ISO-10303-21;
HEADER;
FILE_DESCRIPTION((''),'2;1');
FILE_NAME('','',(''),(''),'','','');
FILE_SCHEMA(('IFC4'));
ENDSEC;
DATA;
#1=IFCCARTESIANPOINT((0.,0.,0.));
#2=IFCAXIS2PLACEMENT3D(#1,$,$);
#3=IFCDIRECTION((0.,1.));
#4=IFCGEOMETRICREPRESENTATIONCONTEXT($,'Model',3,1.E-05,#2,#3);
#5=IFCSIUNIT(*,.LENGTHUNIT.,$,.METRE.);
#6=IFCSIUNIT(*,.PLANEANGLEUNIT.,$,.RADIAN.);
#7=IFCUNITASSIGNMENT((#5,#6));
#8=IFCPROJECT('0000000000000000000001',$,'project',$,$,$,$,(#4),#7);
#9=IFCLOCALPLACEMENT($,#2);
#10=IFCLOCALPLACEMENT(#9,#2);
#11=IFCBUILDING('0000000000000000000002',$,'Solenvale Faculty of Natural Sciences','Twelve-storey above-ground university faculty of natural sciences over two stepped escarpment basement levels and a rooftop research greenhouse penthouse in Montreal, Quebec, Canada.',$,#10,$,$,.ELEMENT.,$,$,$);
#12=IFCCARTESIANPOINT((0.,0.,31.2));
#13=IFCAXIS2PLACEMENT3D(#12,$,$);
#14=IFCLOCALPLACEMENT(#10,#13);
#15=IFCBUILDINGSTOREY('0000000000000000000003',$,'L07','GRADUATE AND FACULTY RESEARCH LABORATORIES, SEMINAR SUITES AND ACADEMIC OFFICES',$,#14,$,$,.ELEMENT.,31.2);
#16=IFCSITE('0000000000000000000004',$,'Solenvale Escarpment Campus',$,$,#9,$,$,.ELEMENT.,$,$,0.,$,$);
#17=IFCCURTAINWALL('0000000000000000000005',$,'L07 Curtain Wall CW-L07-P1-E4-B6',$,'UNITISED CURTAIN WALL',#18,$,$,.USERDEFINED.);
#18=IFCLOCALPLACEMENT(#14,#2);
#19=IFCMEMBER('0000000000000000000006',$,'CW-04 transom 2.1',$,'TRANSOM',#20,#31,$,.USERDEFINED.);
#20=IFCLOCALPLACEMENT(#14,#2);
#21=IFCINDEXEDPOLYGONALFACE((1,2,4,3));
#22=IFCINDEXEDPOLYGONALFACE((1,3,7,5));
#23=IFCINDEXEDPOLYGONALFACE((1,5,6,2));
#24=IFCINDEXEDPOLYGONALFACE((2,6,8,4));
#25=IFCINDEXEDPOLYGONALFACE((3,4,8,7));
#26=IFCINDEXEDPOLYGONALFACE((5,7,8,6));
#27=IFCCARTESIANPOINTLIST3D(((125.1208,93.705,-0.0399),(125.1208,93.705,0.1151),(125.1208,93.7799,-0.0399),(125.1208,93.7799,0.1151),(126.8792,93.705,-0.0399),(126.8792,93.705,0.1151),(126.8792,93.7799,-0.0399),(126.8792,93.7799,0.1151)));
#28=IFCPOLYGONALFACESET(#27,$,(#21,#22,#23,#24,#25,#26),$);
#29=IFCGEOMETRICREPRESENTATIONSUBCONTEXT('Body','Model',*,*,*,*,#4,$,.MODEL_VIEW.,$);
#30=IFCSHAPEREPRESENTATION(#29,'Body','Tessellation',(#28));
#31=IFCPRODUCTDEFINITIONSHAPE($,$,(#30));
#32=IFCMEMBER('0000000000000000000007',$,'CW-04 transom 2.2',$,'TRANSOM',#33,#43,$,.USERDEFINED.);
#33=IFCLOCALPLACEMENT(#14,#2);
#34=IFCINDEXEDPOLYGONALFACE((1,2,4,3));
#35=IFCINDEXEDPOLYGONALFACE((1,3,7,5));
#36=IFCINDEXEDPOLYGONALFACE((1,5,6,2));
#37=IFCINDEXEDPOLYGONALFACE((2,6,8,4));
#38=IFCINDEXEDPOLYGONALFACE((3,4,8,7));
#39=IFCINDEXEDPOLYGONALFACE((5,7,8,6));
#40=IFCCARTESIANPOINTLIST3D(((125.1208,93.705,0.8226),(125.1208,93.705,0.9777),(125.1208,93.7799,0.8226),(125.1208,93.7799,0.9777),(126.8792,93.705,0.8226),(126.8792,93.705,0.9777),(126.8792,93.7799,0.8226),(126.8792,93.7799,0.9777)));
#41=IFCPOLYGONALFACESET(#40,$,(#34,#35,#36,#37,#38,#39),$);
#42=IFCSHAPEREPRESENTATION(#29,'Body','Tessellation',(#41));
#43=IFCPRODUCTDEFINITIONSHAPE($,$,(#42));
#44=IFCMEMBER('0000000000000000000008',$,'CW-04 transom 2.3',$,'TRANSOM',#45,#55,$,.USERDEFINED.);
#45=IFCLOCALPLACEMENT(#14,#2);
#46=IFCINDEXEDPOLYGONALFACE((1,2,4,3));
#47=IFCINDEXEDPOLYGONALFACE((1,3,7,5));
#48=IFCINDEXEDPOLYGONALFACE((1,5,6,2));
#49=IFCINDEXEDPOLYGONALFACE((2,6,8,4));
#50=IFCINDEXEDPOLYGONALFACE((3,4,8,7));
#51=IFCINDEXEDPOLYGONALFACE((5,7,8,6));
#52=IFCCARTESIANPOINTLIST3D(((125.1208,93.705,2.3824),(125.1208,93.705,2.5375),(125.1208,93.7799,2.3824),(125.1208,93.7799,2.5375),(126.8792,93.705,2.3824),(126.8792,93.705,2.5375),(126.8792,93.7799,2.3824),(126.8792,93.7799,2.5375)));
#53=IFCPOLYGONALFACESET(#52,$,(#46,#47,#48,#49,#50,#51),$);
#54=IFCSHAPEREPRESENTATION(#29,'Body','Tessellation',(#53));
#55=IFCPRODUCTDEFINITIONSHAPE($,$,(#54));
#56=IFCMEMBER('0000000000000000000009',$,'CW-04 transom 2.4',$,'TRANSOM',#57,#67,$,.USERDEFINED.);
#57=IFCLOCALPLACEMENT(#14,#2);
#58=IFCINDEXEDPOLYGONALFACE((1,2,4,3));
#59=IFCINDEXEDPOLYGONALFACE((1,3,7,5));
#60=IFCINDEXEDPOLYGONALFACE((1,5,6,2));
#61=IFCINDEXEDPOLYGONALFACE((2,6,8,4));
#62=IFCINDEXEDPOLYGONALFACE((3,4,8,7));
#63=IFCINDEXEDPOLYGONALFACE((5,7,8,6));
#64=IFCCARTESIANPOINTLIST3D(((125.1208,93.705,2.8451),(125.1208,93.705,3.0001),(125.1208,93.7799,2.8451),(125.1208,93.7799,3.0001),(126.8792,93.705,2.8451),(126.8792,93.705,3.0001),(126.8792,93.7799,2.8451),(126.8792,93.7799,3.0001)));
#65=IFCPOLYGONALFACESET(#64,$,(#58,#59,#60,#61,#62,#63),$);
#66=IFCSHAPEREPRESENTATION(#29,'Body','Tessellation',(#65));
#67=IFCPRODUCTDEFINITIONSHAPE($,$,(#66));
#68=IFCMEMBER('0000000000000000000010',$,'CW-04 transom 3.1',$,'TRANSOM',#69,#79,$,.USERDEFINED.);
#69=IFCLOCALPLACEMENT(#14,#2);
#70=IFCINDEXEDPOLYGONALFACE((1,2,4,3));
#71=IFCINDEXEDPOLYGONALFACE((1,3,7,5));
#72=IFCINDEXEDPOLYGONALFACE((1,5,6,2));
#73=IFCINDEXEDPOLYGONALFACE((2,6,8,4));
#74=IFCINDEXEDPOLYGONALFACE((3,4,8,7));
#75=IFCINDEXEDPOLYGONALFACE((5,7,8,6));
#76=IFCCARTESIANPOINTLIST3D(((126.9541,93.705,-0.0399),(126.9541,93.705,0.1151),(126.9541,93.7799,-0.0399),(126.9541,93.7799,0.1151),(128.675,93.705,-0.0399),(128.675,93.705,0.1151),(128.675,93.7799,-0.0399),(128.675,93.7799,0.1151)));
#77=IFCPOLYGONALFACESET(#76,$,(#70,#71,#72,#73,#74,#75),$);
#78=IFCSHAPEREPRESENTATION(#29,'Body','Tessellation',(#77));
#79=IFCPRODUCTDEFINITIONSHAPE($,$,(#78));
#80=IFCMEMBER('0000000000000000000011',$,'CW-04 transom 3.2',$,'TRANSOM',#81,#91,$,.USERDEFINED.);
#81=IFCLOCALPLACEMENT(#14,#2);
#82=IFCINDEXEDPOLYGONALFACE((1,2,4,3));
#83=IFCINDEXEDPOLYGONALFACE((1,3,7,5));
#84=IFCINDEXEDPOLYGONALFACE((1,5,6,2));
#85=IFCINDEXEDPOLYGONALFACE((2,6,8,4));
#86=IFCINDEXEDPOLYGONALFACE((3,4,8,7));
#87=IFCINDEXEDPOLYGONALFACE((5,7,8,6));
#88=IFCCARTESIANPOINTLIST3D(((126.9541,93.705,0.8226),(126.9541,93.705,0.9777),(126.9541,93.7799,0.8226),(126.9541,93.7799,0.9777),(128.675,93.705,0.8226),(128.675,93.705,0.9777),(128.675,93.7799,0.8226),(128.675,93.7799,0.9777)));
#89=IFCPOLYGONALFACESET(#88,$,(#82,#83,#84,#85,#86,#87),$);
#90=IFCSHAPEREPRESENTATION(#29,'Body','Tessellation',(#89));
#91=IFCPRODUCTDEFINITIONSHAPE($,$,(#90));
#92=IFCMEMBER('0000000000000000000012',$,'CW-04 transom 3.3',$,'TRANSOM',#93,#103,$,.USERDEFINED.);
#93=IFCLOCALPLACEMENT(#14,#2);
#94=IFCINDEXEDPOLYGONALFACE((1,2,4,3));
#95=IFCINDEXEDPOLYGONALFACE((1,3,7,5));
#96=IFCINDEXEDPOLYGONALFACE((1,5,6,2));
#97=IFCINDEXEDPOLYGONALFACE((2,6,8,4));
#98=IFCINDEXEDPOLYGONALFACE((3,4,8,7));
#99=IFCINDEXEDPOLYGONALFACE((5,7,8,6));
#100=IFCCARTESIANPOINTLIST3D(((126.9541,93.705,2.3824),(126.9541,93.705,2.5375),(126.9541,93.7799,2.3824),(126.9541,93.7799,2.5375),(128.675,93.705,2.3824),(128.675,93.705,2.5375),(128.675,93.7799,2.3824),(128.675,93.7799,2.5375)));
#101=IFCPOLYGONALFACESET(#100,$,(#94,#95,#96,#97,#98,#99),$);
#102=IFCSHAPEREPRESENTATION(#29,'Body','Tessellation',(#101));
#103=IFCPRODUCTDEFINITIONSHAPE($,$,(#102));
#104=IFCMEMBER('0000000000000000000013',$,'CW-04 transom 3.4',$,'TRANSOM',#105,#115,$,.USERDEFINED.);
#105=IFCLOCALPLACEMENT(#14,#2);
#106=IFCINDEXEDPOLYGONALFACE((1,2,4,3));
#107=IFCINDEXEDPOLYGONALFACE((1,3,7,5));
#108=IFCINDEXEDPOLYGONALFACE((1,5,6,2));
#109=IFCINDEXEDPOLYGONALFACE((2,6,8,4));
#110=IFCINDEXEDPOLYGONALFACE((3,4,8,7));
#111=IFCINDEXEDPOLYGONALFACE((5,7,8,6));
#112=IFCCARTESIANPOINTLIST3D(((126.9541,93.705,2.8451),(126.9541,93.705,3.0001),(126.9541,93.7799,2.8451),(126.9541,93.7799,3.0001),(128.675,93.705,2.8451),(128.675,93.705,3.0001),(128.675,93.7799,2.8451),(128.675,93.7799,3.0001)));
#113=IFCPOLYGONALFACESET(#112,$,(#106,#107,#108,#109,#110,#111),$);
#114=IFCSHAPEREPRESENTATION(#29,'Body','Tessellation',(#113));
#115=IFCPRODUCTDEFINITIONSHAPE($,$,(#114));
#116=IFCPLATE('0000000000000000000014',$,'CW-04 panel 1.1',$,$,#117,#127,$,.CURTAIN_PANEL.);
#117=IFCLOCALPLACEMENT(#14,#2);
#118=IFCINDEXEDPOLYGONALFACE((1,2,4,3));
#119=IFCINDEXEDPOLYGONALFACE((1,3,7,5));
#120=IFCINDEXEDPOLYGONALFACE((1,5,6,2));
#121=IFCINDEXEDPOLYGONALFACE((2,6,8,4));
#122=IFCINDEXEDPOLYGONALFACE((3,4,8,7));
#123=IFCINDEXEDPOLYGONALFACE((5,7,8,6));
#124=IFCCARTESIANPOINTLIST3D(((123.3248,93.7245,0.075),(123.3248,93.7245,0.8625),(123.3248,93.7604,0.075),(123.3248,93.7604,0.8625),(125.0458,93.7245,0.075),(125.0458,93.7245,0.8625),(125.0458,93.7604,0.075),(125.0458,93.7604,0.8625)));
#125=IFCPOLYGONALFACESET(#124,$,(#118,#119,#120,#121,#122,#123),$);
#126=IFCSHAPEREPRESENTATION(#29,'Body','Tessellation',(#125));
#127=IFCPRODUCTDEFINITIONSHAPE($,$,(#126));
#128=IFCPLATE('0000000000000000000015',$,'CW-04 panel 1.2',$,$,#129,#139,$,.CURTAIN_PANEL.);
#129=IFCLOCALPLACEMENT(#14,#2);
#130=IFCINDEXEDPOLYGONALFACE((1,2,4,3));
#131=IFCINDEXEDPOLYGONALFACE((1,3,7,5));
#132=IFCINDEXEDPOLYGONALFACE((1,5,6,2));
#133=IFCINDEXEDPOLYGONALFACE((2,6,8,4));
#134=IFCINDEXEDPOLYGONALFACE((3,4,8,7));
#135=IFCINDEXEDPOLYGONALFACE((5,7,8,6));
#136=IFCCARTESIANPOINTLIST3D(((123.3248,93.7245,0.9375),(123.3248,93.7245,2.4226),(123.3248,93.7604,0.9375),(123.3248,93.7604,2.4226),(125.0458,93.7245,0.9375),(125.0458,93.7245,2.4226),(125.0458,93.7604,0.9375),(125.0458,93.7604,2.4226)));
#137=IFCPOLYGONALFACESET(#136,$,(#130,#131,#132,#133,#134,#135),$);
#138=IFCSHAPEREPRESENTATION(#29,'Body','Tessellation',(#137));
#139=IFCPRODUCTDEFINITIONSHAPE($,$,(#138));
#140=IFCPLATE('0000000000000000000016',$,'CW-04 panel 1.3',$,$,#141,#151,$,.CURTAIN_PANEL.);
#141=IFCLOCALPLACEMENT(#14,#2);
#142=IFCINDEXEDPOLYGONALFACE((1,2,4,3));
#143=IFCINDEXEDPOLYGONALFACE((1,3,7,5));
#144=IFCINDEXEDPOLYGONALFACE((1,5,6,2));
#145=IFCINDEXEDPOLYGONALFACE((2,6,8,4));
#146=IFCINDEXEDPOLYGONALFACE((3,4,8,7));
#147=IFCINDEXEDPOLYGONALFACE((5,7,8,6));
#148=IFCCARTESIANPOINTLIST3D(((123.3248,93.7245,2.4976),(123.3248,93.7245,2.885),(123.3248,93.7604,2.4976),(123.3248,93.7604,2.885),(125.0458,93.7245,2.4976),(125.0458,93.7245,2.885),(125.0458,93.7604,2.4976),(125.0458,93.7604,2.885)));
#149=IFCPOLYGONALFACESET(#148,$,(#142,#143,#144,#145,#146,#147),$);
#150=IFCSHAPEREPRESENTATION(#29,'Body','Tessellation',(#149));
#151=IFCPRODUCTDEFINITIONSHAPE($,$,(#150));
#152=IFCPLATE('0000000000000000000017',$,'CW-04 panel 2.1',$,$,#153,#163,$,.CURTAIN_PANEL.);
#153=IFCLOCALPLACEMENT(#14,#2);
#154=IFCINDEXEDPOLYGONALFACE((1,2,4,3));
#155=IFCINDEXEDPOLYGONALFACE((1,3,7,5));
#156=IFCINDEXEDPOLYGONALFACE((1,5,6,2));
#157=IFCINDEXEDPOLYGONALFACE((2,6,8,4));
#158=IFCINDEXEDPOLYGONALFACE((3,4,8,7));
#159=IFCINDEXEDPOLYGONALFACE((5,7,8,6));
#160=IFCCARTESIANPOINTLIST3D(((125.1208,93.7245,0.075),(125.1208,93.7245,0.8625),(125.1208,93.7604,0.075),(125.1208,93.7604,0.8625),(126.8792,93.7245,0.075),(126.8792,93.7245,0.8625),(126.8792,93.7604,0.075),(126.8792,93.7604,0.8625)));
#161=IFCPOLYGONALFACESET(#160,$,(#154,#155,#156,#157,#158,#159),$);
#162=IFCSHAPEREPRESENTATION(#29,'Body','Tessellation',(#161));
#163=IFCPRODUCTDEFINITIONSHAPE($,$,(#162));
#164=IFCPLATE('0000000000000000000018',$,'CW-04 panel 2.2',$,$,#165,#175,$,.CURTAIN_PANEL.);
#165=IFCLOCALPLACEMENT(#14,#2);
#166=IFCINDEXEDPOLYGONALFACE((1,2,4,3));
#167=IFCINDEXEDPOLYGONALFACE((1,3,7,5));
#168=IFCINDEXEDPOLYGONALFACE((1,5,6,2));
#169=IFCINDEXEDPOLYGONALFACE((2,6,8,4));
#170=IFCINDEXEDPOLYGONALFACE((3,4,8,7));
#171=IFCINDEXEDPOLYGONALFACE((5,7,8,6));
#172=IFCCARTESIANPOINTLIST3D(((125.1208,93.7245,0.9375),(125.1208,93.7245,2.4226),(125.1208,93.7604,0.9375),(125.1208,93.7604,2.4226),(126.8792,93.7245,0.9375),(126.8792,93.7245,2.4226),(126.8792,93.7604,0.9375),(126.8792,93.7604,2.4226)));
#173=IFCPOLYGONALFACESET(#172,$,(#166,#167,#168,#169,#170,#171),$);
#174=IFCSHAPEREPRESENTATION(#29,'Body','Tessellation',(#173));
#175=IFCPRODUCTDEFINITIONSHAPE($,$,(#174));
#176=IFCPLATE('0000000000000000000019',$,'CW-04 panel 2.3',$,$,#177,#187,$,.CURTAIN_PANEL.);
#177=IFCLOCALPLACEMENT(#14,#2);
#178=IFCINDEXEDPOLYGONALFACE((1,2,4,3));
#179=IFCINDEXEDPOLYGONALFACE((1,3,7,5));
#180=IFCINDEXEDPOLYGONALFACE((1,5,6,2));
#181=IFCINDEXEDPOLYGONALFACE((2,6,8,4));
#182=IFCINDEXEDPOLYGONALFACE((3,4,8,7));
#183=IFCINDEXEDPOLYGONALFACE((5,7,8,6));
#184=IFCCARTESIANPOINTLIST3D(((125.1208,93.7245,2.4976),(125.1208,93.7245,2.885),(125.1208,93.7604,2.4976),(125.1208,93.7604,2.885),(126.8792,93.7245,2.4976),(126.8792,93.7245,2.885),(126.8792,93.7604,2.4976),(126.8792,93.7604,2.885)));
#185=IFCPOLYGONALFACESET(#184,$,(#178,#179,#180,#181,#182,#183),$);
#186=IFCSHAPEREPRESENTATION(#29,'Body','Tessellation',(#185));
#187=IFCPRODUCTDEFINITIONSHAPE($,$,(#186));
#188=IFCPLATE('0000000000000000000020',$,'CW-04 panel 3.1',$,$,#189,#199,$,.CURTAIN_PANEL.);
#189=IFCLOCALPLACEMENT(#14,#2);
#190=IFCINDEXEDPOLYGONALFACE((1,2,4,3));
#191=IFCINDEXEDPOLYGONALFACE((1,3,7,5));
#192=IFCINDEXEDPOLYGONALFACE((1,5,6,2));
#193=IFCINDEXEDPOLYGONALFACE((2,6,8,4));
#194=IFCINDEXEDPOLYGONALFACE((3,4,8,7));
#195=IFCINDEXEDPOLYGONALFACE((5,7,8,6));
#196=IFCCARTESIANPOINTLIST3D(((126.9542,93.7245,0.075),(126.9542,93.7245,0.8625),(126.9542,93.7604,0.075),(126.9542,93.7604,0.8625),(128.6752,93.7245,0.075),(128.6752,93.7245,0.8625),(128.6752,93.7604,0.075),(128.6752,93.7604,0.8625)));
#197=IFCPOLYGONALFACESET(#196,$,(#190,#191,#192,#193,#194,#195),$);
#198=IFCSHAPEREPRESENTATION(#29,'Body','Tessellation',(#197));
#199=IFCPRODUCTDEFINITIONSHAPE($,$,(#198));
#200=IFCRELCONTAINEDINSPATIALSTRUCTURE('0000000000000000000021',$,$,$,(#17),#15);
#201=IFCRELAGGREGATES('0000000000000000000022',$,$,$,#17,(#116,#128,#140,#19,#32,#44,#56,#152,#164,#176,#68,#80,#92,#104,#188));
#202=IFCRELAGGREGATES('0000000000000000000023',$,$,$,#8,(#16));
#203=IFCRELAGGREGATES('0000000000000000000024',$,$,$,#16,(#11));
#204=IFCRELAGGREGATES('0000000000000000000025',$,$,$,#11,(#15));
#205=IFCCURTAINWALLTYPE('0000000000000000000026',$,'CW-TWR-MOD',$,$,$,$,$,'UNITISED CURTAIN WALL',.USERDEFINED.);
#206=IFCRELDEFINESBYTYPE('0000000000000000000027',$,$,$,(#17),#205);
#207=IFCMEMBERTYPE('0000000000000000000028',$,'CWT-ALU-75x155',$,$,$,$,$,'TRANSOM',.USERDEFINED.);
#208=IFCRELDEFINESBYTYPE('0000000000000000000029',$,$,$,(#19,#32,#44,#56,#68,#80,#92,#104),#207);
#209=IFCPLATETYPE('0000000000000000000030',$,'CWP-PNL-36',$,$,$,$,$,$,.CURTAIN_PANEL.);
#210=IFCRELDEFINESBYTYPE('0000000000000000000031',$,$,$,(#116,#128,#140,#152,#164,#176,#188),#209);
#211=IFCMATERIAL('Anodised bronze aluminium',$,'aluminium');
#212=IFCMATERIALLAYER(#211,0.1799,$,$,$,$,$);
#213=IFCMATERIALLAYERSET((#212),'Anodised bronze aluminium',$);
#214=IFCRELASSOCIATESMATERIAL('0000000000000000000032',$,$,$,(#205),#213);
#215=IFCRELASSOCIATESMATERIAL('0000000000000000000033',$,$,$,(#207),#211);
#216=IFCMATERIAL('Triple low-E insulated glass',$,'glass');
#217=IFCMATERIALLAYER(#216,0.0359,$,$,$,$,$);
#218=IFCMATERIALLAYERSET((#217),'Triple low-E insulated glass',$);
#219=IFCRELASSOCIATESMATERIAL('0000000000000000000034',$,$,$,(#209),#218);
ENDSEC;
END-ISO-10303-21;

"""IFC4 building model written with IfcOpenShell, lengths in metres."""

from ifc_helpers import new_model, si_unit, direction, frame, origin, origin_2d, place, context, subcontext, project, spatial, rectangle, extrude, material, layer, layer_set, material_profile, profile_set, type_object, element, aggregate, save


model = new_model("IFC4")

# Units and contexts
model_context = context("Model", 3, precision=1e-05, world=origin(), true_north=direction((0.0, 1.0)))
body_context = subcontext(model_context, "Body", "Model", "MODEL_VIEW")
ifc_project = project(units=[si_unit("LENGTHUNIT", "METRE"), si_unit("PLANEANGLEUNIT", "RADIAN")], contexts=[model_context])

# Site, building, storey
site_placement = place(None, origin())
site = spatial("IfcSite", under=ifc_project, at=site_placement, Name="Solenvale Escarpment Campus", CompositionType="ELEMENT", RefElevation=0.0)
building_placement = place(site_placement, origin())
building = spatial("IfcBuilding", under=site, at=building_placement, Name="Solenvale Faculty of Natural Sciences", Description="Twelve-storey above-ground university faculty of natural sciences over two stepped escarpment basement levels and a rooftop research greenhouse penthouse in Montreal, Quebec, Canada.", CompositionType="ELEMENT")
storey_placement = place(building_placement, frame((0.0, 0.0, 31.2)))
storey = spatial("IfcBuildingStorey", under=building, at=storey_placement, Name="L07", Description="GRADUATE AND FACULTY RESEARCH LABORATORIES, SEMINAR SUITES AND ACADEMIC OFFICES", CompositionType="ELEMENT", Elevation=31.2)

# Curtain wall, members, plates
ifc_material_1 = material(Name="Anodised bronze aluminium", Category="aluminium")
ifc_layer_1 = layer(ifc_material_1, 0.1799)
ifc_layer_set_1 = layer_set([ifc_layer_1], Name="Anodised bronze aluminium")
curtain_wall_type = type_object("IfcCurtainWallType", Name="CW-TWR-MOD", ElementType="UNITISED CURTAIN WALL", PredefinedType="USERDEFINED", material=ifc_layer_set_1)
curtain_wall_placement = place(storey_placement, origin())
curtain_wall = element("IfcCurtainWall", 1, at=curtain_wall_placement, inside=storey, type_object=curtain_wall_type, Name="L07 Curtain Wall CW-L07-P1-E4-B6", ObjectType="UNITISED CURTAIN WALL", PredefinedType="USERDEFINED")
ifc_material_profile_1 = material_profile(ifc_material_1, rectangle(XDim=0.075, YDim=0.155, at=origin_2d()), Name="ALU-TRN-75x155")
ifc_profile_set_1 = profile_set([ifc_material_profile_1], Name="Anodised bronze aluminium")
member_type_1 = type_object("IfcMemberType", Name="CWT-ALU-75x155", ElementType="TRANSOM", PredefinedType="USERDEFINED", material=ifc_profile_set_1)
member_1_placement = place(storey_placement, frame((125.1208, 93.7424, 0.0376), z_axis=(1.0, 0.0, 0.0), x_axis=(0.0, 1.0, 0.0)))
member_1 = element("IfcMember", 2, at=member_1_placement, type_object=member_type_1, Name="CW-04 transom 2.1", ObjectType="TRANSOM", PredefinedType="USERDEFINED", context=body_context, shape_type="SweptSolid", body=[
    extrude(rectangle(XDim=0.075, YDim=0.155, at=origin_2d()), origin(), (0.0, 0.0, 1.0), 1.7583),
])
member_2_placement = place(storey_placement, frame((125.1208, 93.7424, 0.9001), z_axis=(1.0, 0.0, 0.0), x_axis=(0.0, 1.0, 0.0)))
member_2 = element("IfcMember", 3, at=member_2_placement, type_object=member_type_1, Name="CW-04 transom 2.2", ObjectType="TRANSOM", PredefinedType="USERDEFINED", context=body_context, shape_type="SweptSolid", body=[
    extrude(rectangle(XDim=0.075, YDim=0.155, at=origin_2d()), origin(), (0.0, 0.0, 1.0), 1.7583),
])
member_3_placement = place(storey_placement, frame((125.1208, 93.7424, 2.46), z_axis=(1.0, 0.0, 0.0), x_axis=(0.0, 1.0, 0.0)))
member_3 = element("IfcMember", 4, at=member_3_placement, type_object=member_type_1, Name="CW-04 transom 2.3", ObjectType="TRANSOM", PredefinedType="USERDEFINED", context=body_context, shape_type="SweptSolid", body=[
    extrude(rectangle(XDim=0.075, YDim=0.155, at=origin_2d()), origin(), (0.0, 0.0, 1.0), 1.7583),
])
member_4_placement = place(storey_placement, frame((125.1208, 93.7424, 2.9226), z_axis=(1.0, 0.0, 0.0), x_axis=(0.0, 1.0, 0.0)))
member_4 = element("IfcMember", 5, at=member_4_placement, type_object=member_type_1, Name="CW-04 transom 2.4", ObjectType="TRANSOM", PredefinedType="USERDEFINED", context=body_context, shape_type="SweptSolid", body=[
    extrude(rectangle(XDim=0.075, YDim=0.155, at=origin_2d()), origin(), (0.0, 0.0, 1.0), 1.7583),
])
member_5_placement = place(storey_placement, frame((126.9541, 93.7424, 0.0376), z_axis=(1.0, 0.0, 0.0), x_axis=(0.0, 1.0, 0.0)))
member_5 = element("IfcMember", 6, at=member_5_placement, type_object=member_type_1, Name="CW-04 transom 3.1", ObjectType="TRANSOM", PredefinedType="USERDEFINED", context=body_context, shape_type="SweptSolid", body=[
    extrude(rectangle(XDim=0.075, YDim=0.155, at=origin_2d()), origin(), (0.0, 0.0, 1.0), 1.7209),
])
member_6_placement = place(storey_placement, frame((126.9541, 93.7424, 0.9001), z_axis=(1.0, 0.0, 0.0), x_axis=(0.0, 1.0, 0.0)))
member_6 = element("IfcMember", 7, at=member_6_placement, type_object=member_type_1, Name="CW-04 transom 3.2", ObjectType="TRANSOM", PredefinedType="USERDEFINED", context=body_context, shape_type="SweptSolid", body=[
    extrude(rectangle(XDim=0.075, YDim=0.155, at=origin_2d()), origin(), (0.0, 0.0, 1.0), 1.7209),
])
member_7_placement = place(storey_placement, frame((126.9541, 93.7424, 2.46), z_axis=(1.0, 0.0, 0.0), x_axis=(0.0, 1.0, 0.0)))
member_7 = element("IfcMember", 8, at=member_7_placement, type_object=member_type_1, Name="CW-04 transom 3.3", ObjectType="TRANSOM", PredefinedType="USERDEFINED", context=body_context, shape_type="SweptSolid", body=[
    extrude(rectangle(XDim=0.075, YDim=0.155, at=origin_2d()), origin(), (0.0, 0.0, 1.0), 1.7209),
])
member_8_placement = place(storey_placement, frame((126.9541, 93.7424, 2.9226), z_axis=(1.0, 0.0, 0.0), x_axis=(0.0, 1.0, 0.0)))
member_8 = element("IfcMember", 9, at=member_8_placement, type_object=member_type_1, Name="CW-04 transom 3.4", ObjectType="TRANSOM", PredefinedType="USERDEFINED", context=body_context, shape_type="SweptSolid", body=[
    extrude(rectangle(XDim=0.075, YDim=0.155, at=origin_2d()), origin(), (0.0, 0.0, 1.0), 1.7209),
])
ifc_material_2 = material(Name="Triple low-E insulated glass", Category="glass")
ifc_layer_2 = layer(ifc_material_2, 0.0359)
ifc_layer_set_2 = layer_set([ifc_layer_2], Name="Triple low-E insulated glass")
plate_type = type_object("IfcPlateType", Name="CWP-PNL-36", PredefinedType="CURTAIN_PANEL", material=ifc_layer_set_2)
plate_1_placement = place(storey_placement, frame((124.1853, 93.7424, 0.075), z_axis=(0.0, 0.0, 1.0), x_axis=(1.0, 0.0, 0.0)))
plate_1 = element("IfcPlate", 10, at=plate_1_placement, type_object=plate_type, Name="CW-04 panel 1.1", PredefinedType="CURTAIN_PANEL", context=body_context, shape_type="SweptSolid", body=[
    extrude(rectangle(XDim=1.7209, YDim=0.0359, at=origin_2d()), origin(), (0.0, 0.0, 1.0), 0.7876),
])
plate_2_placement = place(storey_placement, frame((124.1853, 93.7424, 0.9375), z_axis=(0.0, 0.0, 1.0), x_axis=(1.0, 0.0, 0.0)))
plate_2 = element("IfcPlate", 11, at=plate_2_placement, type_object=plate_type, Name="CW-04 panel 1.2", PredefinedType="CURTAIN_PANEL", context=body_context, shape_type="SweptSolid", body=[
    extrude(rectangle(XDim=1.7209, YDim=0.0359, at=origin_2d()), origin(), (0.0, 0.0, 1.0), 1.4851),
])
plate_3_placement = place(storey_placement, frame((124.1853, 93.7424, 2.4976), z_axis=(0.0, 0.0, 1.0), x_axis=(1.0, 0.0, 0.0)))
plate_3 = element("IfcPlate", 12, at=plate_3_placement, type_object=plate_type, Name="CW-04 panel 1.3", PredefinedType="CURTAIN_PANEL", context=body_context, shape_type="SweptSolid", body=[
    extrude(rectangle(XDim=1.7209, YDim=0.0359, at=origin_2d()), origin(), (0.0, 0.0, 1.0), 0.3875),
])
plate_4_placement = place(storey_placement, frame((126.0, 93.7424, 0.075), z_axis=(0.0, 0.0, 1.0), x_axis=(1.0, 0.0, 0.0)))
plate_4 = element("IfcPlate", 13, at=plate_4_placement, type_object=plate_type, Name="CW-04 panel 2.1", PredefinedType="CURTAIN_PANEL", context=body_context, shape_type="SweptSolid", body=[
    extrude(rectangle(XDim=1.7583, YDim=0.0359, at=origin_2d()), origin(), (0.0, 0.0, 1.0), 0.7876),
])
plate_5_placement = place(storey_placement, frame((126.0, 93.7424, 0.9375), z_axis=(0.0, 0.0, 1.0), x_axis=(1.0, 0.0, 0.0)))
plate_5 = element("IfcPlate", 14, at=plate_5_placement, type_object=plate_type, Name="CW-04 panel 2.2", PredefinedType="CURTAIN_PANEL", context=body_context, shape_type="SweptSolid", body=[
    extrude(rectangle(XDim=1.7583, YDim=0.0359, at=origin_2d()), origin(), (0.0, 0.0, 1.0), 1.4851),
])
plate_6_placement = place(storey_placement, frame((126.0, 93.7424, 2.4976), z_axis=(0.0, 0.0, 1.0), x_axis=(1.0, 0.0, 0.0)))
plate_6 = element("IfcPlate", 15, at=plate_6_placement, type_object=plate_type, Name="CW-04 panel 2.3", PredefinedType="CURTAIN_PANEL", context=body_context, shape_type="SweptSolid", body=[
    extrude(rectangle(XDim=1.7583, YDim=0.0359, at=origin_2d()), origin(), (0.0, 0.0, 1.0), 0.3875),
])
plate_7_placement = place(storey_placement, frame((127.8147, 93.7424, 0.075), z_axis=(0.0, 0.0, 1.0), x_axis=(1.0, 0.0, 0.0)))
plate_7 = element("IfcPlate", 16, at=plate_7_placement, type_object=plate_type, Name="CW-04 panel 3.1", PredefinedType="CURTAIN_PANEL", context=body_context, shape_type="SweptSolid", body=[
    extrude(rectangle(XDim=1.7209, YDim=0.0359, at=origin_2d()), origin(), (0.0, 0.0, 1.0), 0.7876),
])
aggregate(curtain_wall, [plate_1, plate_2, plate_3, member_1, member_2, member_3, member_4, plate_4, plate_5, plate_6, member_5, member_6, member_7, member_8, plate_7])

save(model, "model.ifc")
